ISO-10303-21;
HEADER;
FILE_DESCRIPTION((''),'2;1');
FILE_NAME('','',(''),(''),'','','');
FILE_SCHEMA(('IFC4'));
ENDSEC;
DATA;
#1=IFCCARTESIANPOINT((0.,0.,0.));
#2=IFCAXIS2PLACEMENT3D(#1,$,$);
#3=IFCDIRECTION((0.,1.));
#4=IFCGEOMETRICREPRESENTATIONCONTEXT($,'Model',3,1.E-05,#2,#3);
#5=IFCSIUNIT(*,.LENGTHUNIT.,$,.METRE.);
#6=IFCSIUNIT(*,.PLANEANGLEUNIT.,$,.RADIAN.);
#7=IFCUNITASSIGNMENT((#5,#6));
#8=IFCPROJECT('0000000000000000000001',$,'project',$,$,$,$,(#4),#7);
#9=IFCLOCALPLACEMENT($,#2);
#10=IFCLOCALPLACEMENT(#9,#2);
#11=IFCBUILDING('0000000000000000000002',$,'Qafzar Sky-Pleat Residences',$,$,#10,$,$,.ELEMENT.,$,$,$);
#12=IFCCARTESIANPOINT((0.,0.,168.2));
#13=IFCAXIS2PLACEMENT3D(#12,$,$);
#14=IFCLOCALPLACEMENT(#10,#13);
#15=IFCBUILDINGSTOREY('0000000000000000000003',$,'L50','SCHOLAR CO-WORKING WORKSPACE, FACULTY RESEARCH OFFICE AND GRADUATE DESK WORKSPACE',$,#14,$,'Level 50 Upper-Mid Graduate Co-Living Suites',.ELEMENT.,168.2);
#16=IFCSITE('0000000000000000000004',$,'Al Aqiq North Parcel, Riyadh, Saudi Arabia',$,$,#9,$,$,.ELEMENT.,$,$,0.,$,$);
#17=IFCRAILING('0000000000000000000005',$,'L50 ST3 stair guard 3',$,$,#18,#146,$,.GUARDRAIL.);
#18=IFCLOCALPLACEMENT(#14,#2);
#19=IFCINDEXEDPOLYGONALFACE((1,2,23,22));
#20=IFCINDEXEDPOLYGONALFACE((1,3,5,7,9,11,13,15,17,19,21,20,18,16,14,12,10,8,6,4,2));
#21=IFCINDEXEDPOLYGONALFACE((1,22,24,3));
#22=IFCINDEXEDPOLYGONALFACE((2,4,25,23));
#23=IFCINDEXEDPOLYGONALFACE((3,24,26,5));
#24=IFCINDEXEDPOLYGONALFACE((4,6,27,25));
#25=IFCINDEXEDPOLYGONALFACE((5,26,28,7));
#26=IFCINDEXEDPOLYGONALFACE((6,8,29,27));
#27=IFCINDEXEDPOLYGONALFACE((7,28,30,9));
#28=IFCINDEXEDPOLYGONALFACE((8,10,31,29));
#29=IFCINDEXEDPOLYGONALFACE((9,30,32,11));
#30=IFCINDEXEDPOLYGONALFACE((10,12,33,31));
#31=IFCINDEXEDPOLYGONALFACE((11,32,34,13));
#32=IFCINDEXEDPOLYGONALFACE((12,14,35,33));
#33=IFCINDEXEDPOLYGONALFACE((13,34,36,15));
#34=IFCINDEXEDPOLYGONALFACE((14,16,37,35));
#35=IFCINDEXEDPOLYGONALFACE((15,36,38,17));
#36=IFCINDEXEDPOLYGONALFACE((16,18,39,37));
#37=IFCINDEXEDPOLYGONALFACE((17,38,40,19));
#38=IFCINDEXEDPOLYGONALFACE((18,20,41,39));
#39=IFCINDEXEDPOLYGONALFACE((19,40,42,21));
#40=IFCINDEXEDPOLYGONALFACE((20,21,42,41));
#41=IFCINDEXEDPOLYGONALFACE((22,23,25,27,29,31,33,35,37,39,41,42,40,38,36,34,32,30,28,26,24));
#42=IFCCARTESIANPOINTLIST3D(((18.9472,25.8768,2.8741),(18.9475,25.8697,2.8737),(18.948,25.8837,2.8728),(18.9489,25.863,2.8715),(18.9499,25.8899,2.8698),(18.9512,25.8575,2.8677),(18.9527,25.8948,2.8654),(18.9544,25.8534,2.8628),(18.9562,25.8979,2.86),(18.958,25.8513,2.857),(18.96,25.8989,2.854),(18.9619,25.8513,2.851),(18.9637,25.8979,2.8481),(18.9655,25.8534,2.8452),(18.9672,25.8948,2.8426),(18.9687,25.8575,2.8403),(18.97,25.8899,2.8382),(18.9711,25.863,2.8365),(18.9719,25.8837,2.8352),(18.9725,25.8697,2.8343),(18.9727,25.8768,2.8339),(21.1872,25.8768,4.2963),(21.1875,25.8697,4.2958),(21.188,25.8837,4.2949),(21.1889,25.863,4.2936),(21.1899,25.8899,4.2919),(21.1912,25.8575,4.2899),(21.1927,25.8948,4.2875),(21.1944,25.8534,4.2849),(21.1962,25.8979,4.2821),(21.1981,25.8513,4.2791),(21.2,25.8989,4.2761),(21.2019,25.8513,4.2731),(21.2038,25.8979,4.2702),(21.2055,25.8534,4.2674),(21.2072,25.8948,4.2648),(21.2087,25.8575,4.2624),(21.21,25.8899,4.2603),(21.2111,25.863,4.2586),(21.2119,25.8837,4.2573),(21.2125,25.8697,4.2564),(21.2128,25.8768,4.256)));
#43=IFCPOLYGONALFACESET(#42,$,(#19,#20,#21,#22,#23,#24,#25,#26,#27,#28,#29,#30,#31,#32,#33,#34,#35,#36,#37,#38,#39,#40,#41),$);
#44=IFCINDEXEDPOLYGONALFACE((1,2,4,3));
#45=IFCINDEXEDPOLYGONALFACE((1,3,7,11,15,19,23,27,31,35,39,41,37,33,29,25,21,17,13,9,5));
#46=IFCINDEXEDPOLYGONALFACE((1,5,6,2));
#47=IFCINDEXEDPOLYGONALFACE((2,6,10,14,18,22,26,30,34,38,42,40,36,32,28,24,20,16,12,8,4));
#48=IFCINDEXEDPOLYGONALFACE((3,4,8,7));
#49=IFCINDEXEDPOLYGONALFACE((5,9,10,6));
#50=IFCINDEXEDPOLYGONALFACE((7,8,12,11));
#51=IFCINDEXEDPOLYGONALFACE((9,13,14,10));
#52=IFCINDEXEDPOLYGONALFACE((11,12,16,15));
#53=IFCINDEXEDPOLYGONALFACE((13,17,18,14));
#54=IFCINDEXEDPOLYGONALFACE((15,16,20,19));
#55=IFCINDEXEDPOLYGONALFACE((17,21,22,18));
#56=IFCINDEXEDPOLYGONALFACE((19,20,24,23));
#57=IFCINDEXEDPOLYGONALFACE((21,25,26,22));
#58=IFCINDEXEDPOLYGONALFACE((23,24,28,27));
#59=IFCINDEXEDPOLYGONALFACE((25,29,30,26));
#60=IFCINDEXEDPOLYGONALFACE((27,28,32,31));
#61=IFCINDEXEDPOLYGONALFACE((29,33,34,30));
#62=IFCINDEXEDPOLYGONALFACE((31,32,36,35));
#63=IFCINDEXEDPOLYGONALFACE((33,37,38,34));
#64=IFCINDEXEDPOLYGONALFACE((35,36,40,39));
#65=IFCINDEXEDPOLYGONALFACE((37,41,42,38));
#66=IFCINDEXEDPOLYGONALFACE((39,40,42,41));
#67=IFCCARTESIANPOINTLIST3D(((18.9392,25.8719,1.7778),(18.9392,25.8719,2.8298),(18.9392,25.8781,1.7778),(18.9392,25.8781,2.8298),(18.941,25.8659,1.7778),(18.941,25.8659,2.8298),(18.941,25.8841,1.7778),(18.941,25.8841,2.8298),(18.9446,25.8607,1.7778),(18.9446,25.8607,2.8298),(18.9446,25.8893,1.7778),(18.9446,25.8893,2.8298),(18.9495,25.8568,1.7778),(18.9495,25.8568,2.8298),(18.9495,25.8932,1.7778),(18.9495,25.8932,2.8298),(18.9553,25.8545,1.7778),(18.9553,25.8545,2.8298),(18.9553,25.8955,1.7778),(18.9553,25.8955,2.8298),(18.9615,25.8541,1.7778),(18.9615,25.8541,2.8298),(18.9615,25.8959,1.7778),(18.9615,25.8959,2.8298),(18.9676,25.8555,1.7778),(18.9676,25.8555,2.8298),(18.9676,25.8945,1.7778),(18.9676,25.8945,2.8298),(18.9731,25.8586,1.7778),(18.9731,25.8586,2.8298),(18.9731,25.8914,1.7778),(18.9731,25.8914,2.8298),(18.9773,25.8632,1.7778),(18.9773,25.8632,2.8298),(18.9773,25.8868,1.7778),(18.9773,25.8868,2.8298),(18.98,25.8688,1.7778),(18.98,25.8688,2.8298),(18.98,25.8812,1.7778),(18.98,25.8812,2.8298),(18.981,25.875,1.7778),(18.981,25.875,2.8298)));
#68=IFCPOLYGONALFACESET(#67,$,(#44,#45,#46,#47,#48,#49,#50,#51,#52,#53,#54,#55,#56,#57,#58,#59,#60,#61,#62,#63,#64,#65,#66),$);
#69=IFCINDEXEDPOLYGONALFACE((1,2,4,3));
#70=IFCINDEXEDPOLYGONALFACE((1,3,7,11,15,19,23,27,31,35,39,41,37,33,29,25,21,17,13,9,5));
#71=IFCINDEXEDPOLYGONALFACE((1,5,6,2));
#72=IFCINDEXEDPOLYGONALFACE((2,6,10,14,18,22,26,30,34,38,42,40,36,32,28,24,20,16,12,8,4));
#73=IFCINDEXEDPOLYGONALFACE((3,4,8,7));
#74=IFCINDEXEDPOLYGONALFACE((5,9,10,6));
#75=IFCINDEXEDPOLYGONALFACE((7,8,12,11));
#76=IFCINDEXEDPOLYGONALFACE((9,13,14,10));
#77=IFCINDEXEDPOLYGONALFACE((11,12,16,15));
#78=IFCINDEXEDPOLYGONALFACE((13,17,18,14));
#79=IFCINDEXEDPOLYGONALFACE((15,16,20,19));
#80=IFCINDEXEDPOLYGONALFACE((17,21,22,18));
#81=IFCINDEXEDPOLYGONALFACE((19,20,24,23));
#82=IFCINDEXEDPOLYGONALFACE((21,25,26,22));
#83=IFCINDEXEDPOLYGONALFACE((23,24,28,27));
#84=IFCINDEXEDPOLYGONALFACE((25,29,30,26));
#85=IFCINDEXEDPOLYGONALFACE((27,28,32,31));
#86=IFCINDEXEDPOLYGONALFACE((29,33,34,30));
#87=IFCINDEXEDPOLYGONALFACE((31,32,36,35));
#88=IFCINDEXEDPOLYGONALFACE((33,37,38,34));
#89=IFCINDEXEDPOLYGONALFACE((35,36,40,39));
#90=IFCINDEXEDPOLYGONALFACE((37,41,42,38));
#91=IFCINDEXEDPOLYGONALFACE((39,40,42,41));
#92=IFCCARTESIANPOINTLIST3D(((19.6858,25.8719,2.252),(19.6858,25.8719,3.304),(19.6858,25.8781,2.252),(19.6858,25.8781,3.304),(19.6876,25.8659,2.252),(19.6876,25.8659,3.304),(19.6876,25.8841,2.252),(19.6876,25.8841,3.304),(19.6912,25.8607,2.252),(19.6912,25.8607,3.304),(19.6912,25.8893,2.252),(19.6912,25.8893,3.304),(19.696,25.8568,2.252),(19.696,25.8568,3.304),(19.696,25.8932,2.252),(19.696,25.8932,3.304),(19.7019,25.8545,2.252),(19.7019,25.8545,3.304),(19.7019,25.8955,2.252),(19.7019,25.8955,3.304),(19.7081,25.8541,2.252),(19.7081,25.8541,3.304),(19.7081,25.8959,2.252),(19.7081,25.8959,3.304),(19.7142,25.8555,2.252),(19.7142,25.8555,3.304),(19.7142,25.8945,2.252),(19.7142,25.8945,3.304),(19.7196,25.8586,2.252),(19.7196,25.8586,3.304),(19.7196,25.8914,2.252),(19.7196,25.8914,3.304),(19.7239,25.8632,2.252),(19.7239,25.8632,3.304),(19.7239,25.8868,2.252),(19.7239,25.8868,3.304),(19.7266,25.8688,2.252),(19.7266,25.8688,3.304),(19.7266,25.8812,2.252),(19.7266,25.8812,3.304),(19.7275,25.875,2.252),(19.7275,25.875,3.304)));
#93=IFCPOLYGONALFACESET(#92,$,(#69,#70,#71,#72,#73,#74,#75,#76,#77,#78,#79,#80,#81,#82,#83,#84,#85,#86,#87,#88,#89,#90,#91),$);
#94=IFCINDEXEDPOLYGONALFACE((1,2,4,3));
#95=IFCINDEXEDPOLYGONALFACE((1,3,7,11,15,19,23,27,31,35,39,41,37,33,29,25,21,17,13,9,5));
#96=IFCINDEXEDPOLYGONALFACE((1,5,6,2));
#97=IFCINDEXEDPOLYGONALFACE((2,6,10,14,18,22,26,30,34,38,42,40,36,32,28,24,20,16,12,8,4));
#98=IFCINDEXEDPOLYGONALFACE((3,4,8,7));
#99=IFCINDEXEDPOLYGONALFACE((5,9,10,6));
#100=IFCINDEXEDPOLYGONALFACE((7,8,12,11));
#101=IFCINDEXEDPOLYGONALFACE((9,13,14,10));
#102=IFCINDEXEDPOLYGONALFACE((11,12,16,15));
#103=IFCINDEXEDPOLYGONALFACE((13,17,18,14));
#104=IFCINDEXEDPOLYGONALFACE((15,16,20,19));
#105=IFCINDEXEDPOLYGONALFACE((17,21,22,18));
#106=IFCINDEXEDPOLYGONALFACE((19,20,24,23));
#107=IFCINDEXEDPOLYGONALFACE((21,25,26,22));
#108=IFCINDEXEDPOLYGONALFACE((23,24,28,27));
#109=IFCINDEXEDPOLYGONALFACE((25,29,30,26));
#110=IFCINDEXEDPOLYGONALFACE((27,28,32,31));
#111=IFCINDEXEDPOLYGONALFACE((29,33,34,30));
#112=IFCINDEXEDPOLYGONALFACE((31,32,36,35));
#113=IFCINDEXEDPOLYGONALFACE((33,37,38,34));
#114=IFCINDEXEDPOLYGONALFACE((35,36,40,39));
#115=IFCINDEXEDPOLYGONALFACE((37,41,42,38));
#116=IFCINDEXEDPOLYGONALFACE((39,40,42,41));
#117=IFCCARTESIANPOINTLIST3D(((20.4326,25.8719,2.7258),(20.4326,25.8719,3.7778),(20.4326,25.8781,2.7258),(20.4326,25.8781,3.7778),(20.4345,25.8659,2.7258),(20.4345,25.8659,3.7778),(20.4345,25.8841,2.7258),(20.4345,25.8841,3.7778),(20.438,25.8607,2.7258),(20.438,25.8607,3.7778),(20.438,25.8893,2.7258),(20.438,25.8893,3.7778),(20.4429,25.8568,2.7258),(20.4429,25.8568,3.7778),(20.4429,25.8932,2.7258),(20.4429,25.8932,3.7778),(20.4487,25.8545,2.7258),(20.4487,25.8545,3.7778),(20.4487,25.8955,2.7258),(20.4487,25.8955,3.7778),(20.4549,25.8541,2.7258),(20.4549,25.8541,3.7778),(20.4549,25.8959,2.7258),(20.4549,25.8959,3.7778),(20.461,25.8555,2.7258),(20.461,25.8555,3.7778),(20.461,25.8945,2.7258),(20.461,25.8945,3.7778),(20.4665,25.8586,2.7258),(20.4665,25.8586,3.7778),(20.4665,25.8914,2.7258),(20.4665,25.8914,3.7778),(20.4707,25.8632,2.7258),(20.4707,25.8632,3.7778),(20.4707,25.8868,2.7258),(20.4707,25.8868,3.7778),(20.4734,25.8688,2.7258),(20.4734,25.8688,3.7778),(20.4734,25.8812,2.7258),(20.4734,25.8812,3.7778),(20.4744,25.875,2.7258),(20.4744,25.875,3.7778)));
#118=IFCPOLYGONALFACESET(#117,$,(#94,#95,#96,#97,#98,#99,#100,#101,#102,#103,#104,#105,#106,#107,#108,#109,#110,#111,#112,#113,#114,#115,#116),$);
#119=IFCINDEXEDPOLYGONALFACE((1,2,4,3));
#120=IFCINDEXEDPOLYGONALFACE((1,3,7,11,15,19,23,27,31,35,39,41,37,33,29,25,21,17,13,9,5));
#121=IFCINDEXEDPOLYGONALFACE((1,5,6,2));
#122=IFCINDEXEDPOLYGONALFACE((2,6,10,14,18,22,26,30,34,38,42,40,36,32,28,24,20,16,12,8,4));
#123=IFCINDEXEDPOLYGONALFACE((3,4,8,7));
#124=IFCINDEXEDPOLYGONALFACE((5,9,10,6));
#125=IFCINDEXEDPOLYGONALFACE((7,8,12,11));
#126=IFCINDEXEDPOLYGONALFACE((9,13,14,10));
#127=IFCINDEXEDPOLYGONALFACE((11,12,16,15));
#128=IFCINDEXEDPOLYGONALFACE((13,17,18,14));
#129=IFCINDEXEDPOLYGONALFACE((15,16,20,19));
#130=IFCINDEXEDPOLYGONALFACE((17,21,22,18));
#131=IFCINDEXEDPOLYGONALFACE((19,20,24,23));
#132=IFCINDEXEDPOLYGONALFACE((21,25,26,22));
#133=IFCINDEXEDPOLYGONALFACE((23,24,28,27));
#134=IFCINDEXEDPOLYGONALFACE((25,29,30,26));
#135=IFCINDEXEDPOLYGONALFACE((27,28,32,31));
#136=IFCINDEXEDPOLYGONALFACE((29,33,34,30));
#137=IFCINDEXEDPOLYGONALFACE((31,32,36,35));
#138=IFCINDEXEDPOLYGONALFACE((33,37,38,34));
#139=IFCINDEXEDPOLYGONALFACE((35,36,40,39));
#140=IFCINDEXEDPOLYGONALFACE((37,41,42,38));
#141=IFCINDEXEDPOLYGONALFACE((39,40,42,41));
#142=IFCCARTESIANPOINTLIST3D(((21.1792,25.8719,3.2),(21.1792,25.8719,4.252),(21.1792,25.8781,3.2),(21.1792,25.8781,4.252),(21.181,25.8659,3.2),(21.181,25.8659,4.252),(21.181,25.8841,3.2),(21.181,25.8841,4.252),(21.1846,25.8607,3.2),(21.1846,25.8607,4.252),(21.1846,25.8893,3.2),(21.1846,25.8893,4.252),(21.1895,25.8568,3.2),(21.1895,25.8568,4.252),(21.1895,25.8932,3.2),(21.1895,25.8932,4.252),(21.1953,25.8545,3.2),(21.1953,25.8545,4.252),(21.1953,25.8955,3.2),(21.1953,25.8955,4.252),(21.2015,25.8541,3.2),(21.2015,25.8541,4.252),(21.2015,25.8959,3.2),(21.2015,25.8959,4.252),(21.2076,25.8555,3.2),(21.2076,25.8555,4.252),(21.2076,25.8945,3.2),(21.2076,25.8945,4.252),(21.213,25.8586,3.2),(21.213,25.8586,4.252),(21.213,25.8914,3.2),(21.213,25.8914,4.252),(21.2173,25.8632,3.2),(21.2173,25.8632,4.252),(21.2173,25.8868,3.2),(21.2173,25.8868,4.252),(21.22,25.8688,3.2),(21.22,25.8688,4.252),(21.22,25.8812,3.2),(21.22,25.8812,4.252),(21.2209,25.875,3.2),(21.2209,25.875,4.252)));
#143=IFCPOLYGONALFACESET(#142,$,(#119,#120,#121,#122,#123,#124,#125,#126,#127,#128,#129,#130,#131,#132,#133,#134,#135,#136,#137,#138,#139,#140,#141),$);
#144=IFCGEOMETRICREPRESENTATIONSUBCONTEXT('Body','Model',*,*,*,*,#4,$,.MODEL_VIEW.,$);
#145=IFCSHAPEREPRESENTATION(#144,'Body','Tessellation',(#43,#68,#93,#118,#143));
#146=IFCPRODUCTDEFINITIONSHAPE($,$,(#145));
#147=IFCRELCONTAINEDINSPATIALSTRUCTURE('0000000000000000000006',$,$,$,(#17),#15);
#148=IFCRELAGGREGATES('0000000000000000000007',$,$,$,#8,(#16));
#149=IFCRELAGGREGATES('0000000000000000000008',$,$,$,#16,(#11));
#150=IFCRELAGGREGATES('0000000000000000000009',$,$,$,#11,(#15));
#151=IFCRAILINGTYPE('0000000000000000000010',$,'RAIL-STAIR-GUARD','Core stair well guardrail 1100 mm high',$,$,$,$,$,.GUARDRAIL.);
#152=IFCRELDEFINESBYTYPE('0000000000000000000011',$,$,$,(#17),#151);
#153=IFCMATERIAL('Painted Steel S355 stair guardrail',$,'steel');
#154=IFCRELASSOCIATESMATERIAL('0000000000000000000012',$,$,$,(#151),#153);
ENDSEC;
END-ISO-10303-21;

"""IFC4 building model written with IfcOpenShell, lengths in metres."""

from ifc_helpers import new_model, si_unit, direction, frame, origin, origin_2d, place, context, subcontext, project, spatial, circle, extrude, source, transform, mapped, material, type_object, element, save


model = new_model("IFC4")

# Units and contexts
model_context = context("Model", 3, precision=1e-05, world=origin(), true_north=direction((0.0, 1.0)))
body_context = subcontext(model_context, "Body", "Model", "MODEL_VIEW")
ifc_project = project(units=[si_unit("LENGTHUNIT", "METRE"), si_unit("PLANEANGLEUNIT", "RADIAN")], contexts=[model_context])

# Site, building, storey
site_placement = place(None, origin())
site = spatial("IfcSite", under=ifc_project, at=site_placement, Name="Al Aqiq North Parcel, Riyadh, Saudi Arabia", CompositionType="ELEMENT", RefElevation=0.0)
building_placement = place(site_placement, origin())
building = spatial("IfcBuilding", under=site, at=building_placement, Name="Qafzar Sky-Pleat Residences", CompositionType="ELEMENT")
storey_placement = place(building_placement, frame((0.0, 0.0, 168.2)))
storey = spatial("IfcBuildingStorey", under=building, at=storey_placement, Name="L50", Description="SCHOLAR CO-WORKING WORKSPACE, FACULTY RESEARCH OFFICE AND GRADUATE DESK WORKSPACE", LongName="Level 50 Upper-Mid Graduate Co-Living Suites", CompositionType="ELEMENT", Elevation=168.2)

# Railing
ifc_material_1 = material(Name="Painted Steel S355 stair guardrail", Category="steel")
railing_type_1 = type_object("IfcRailingType", Name="RAIL-STAIR-GUARD", Description="Core stair well guardrail 1100 mm high", PredefinedType="GUARDRAIL", material=ifc_material_1)
shared_shape_1 = source(origin(), body_context, "Body", "SweptSolid", [
    extrude(circle(Radius=0.0239, at=origin_2d()), frame((0.0, 0.0, 1.0762), z_axis=(0.844229, 0.0, 0.535982), x_axis=(0.0, 1.0, 0.0)), (0.0, 0.0, 1.0), 2.6533),
    extrude(circle(Radius=0.021, at=origin_2d()), origin(), (0.0, 0.0, 1.0), 1.052),
    extrude(circle(Radius=0.021, at=origin_2d()), frame((0.7466, 0.0, 0.4741)), (0.0, 0.0, 1.0), 1.052),
    extrude(circle(Radius=0.021, at=origin_2d()), frame((1.4934, 0.0, 0.948)), (0.0, 0.0, 1.0), 1.052),
    extrude(circle(Radius=0.021, at=origin_2d()), frame((2.24, 0.0, 1.4221)), (0.0, 0.0, 1.0), 1.052),
])
railing_1_placement = place(storey_placement, frame((18.96, 25.875, 1.7778)))
element("IfcRailing", 1, at=railing_1_placement, inside=storey, type_object=railing_type_1, Name="L50 ST3 stair guard 3", PredefinedType="GUARDRAIL", context=body_context, shape_type="MappedRepresentation", body=[
    mapped(shared_shape_1, transform((0.0, 0.0, 0.0), x_axis=(1.0, 0.0, 0.0), y_axis=(0.0, 1.0, 0.0), z_axis=(0.0, 0.0, 1.0), scale=1.0)),
])

save(model, "model.ifc")
